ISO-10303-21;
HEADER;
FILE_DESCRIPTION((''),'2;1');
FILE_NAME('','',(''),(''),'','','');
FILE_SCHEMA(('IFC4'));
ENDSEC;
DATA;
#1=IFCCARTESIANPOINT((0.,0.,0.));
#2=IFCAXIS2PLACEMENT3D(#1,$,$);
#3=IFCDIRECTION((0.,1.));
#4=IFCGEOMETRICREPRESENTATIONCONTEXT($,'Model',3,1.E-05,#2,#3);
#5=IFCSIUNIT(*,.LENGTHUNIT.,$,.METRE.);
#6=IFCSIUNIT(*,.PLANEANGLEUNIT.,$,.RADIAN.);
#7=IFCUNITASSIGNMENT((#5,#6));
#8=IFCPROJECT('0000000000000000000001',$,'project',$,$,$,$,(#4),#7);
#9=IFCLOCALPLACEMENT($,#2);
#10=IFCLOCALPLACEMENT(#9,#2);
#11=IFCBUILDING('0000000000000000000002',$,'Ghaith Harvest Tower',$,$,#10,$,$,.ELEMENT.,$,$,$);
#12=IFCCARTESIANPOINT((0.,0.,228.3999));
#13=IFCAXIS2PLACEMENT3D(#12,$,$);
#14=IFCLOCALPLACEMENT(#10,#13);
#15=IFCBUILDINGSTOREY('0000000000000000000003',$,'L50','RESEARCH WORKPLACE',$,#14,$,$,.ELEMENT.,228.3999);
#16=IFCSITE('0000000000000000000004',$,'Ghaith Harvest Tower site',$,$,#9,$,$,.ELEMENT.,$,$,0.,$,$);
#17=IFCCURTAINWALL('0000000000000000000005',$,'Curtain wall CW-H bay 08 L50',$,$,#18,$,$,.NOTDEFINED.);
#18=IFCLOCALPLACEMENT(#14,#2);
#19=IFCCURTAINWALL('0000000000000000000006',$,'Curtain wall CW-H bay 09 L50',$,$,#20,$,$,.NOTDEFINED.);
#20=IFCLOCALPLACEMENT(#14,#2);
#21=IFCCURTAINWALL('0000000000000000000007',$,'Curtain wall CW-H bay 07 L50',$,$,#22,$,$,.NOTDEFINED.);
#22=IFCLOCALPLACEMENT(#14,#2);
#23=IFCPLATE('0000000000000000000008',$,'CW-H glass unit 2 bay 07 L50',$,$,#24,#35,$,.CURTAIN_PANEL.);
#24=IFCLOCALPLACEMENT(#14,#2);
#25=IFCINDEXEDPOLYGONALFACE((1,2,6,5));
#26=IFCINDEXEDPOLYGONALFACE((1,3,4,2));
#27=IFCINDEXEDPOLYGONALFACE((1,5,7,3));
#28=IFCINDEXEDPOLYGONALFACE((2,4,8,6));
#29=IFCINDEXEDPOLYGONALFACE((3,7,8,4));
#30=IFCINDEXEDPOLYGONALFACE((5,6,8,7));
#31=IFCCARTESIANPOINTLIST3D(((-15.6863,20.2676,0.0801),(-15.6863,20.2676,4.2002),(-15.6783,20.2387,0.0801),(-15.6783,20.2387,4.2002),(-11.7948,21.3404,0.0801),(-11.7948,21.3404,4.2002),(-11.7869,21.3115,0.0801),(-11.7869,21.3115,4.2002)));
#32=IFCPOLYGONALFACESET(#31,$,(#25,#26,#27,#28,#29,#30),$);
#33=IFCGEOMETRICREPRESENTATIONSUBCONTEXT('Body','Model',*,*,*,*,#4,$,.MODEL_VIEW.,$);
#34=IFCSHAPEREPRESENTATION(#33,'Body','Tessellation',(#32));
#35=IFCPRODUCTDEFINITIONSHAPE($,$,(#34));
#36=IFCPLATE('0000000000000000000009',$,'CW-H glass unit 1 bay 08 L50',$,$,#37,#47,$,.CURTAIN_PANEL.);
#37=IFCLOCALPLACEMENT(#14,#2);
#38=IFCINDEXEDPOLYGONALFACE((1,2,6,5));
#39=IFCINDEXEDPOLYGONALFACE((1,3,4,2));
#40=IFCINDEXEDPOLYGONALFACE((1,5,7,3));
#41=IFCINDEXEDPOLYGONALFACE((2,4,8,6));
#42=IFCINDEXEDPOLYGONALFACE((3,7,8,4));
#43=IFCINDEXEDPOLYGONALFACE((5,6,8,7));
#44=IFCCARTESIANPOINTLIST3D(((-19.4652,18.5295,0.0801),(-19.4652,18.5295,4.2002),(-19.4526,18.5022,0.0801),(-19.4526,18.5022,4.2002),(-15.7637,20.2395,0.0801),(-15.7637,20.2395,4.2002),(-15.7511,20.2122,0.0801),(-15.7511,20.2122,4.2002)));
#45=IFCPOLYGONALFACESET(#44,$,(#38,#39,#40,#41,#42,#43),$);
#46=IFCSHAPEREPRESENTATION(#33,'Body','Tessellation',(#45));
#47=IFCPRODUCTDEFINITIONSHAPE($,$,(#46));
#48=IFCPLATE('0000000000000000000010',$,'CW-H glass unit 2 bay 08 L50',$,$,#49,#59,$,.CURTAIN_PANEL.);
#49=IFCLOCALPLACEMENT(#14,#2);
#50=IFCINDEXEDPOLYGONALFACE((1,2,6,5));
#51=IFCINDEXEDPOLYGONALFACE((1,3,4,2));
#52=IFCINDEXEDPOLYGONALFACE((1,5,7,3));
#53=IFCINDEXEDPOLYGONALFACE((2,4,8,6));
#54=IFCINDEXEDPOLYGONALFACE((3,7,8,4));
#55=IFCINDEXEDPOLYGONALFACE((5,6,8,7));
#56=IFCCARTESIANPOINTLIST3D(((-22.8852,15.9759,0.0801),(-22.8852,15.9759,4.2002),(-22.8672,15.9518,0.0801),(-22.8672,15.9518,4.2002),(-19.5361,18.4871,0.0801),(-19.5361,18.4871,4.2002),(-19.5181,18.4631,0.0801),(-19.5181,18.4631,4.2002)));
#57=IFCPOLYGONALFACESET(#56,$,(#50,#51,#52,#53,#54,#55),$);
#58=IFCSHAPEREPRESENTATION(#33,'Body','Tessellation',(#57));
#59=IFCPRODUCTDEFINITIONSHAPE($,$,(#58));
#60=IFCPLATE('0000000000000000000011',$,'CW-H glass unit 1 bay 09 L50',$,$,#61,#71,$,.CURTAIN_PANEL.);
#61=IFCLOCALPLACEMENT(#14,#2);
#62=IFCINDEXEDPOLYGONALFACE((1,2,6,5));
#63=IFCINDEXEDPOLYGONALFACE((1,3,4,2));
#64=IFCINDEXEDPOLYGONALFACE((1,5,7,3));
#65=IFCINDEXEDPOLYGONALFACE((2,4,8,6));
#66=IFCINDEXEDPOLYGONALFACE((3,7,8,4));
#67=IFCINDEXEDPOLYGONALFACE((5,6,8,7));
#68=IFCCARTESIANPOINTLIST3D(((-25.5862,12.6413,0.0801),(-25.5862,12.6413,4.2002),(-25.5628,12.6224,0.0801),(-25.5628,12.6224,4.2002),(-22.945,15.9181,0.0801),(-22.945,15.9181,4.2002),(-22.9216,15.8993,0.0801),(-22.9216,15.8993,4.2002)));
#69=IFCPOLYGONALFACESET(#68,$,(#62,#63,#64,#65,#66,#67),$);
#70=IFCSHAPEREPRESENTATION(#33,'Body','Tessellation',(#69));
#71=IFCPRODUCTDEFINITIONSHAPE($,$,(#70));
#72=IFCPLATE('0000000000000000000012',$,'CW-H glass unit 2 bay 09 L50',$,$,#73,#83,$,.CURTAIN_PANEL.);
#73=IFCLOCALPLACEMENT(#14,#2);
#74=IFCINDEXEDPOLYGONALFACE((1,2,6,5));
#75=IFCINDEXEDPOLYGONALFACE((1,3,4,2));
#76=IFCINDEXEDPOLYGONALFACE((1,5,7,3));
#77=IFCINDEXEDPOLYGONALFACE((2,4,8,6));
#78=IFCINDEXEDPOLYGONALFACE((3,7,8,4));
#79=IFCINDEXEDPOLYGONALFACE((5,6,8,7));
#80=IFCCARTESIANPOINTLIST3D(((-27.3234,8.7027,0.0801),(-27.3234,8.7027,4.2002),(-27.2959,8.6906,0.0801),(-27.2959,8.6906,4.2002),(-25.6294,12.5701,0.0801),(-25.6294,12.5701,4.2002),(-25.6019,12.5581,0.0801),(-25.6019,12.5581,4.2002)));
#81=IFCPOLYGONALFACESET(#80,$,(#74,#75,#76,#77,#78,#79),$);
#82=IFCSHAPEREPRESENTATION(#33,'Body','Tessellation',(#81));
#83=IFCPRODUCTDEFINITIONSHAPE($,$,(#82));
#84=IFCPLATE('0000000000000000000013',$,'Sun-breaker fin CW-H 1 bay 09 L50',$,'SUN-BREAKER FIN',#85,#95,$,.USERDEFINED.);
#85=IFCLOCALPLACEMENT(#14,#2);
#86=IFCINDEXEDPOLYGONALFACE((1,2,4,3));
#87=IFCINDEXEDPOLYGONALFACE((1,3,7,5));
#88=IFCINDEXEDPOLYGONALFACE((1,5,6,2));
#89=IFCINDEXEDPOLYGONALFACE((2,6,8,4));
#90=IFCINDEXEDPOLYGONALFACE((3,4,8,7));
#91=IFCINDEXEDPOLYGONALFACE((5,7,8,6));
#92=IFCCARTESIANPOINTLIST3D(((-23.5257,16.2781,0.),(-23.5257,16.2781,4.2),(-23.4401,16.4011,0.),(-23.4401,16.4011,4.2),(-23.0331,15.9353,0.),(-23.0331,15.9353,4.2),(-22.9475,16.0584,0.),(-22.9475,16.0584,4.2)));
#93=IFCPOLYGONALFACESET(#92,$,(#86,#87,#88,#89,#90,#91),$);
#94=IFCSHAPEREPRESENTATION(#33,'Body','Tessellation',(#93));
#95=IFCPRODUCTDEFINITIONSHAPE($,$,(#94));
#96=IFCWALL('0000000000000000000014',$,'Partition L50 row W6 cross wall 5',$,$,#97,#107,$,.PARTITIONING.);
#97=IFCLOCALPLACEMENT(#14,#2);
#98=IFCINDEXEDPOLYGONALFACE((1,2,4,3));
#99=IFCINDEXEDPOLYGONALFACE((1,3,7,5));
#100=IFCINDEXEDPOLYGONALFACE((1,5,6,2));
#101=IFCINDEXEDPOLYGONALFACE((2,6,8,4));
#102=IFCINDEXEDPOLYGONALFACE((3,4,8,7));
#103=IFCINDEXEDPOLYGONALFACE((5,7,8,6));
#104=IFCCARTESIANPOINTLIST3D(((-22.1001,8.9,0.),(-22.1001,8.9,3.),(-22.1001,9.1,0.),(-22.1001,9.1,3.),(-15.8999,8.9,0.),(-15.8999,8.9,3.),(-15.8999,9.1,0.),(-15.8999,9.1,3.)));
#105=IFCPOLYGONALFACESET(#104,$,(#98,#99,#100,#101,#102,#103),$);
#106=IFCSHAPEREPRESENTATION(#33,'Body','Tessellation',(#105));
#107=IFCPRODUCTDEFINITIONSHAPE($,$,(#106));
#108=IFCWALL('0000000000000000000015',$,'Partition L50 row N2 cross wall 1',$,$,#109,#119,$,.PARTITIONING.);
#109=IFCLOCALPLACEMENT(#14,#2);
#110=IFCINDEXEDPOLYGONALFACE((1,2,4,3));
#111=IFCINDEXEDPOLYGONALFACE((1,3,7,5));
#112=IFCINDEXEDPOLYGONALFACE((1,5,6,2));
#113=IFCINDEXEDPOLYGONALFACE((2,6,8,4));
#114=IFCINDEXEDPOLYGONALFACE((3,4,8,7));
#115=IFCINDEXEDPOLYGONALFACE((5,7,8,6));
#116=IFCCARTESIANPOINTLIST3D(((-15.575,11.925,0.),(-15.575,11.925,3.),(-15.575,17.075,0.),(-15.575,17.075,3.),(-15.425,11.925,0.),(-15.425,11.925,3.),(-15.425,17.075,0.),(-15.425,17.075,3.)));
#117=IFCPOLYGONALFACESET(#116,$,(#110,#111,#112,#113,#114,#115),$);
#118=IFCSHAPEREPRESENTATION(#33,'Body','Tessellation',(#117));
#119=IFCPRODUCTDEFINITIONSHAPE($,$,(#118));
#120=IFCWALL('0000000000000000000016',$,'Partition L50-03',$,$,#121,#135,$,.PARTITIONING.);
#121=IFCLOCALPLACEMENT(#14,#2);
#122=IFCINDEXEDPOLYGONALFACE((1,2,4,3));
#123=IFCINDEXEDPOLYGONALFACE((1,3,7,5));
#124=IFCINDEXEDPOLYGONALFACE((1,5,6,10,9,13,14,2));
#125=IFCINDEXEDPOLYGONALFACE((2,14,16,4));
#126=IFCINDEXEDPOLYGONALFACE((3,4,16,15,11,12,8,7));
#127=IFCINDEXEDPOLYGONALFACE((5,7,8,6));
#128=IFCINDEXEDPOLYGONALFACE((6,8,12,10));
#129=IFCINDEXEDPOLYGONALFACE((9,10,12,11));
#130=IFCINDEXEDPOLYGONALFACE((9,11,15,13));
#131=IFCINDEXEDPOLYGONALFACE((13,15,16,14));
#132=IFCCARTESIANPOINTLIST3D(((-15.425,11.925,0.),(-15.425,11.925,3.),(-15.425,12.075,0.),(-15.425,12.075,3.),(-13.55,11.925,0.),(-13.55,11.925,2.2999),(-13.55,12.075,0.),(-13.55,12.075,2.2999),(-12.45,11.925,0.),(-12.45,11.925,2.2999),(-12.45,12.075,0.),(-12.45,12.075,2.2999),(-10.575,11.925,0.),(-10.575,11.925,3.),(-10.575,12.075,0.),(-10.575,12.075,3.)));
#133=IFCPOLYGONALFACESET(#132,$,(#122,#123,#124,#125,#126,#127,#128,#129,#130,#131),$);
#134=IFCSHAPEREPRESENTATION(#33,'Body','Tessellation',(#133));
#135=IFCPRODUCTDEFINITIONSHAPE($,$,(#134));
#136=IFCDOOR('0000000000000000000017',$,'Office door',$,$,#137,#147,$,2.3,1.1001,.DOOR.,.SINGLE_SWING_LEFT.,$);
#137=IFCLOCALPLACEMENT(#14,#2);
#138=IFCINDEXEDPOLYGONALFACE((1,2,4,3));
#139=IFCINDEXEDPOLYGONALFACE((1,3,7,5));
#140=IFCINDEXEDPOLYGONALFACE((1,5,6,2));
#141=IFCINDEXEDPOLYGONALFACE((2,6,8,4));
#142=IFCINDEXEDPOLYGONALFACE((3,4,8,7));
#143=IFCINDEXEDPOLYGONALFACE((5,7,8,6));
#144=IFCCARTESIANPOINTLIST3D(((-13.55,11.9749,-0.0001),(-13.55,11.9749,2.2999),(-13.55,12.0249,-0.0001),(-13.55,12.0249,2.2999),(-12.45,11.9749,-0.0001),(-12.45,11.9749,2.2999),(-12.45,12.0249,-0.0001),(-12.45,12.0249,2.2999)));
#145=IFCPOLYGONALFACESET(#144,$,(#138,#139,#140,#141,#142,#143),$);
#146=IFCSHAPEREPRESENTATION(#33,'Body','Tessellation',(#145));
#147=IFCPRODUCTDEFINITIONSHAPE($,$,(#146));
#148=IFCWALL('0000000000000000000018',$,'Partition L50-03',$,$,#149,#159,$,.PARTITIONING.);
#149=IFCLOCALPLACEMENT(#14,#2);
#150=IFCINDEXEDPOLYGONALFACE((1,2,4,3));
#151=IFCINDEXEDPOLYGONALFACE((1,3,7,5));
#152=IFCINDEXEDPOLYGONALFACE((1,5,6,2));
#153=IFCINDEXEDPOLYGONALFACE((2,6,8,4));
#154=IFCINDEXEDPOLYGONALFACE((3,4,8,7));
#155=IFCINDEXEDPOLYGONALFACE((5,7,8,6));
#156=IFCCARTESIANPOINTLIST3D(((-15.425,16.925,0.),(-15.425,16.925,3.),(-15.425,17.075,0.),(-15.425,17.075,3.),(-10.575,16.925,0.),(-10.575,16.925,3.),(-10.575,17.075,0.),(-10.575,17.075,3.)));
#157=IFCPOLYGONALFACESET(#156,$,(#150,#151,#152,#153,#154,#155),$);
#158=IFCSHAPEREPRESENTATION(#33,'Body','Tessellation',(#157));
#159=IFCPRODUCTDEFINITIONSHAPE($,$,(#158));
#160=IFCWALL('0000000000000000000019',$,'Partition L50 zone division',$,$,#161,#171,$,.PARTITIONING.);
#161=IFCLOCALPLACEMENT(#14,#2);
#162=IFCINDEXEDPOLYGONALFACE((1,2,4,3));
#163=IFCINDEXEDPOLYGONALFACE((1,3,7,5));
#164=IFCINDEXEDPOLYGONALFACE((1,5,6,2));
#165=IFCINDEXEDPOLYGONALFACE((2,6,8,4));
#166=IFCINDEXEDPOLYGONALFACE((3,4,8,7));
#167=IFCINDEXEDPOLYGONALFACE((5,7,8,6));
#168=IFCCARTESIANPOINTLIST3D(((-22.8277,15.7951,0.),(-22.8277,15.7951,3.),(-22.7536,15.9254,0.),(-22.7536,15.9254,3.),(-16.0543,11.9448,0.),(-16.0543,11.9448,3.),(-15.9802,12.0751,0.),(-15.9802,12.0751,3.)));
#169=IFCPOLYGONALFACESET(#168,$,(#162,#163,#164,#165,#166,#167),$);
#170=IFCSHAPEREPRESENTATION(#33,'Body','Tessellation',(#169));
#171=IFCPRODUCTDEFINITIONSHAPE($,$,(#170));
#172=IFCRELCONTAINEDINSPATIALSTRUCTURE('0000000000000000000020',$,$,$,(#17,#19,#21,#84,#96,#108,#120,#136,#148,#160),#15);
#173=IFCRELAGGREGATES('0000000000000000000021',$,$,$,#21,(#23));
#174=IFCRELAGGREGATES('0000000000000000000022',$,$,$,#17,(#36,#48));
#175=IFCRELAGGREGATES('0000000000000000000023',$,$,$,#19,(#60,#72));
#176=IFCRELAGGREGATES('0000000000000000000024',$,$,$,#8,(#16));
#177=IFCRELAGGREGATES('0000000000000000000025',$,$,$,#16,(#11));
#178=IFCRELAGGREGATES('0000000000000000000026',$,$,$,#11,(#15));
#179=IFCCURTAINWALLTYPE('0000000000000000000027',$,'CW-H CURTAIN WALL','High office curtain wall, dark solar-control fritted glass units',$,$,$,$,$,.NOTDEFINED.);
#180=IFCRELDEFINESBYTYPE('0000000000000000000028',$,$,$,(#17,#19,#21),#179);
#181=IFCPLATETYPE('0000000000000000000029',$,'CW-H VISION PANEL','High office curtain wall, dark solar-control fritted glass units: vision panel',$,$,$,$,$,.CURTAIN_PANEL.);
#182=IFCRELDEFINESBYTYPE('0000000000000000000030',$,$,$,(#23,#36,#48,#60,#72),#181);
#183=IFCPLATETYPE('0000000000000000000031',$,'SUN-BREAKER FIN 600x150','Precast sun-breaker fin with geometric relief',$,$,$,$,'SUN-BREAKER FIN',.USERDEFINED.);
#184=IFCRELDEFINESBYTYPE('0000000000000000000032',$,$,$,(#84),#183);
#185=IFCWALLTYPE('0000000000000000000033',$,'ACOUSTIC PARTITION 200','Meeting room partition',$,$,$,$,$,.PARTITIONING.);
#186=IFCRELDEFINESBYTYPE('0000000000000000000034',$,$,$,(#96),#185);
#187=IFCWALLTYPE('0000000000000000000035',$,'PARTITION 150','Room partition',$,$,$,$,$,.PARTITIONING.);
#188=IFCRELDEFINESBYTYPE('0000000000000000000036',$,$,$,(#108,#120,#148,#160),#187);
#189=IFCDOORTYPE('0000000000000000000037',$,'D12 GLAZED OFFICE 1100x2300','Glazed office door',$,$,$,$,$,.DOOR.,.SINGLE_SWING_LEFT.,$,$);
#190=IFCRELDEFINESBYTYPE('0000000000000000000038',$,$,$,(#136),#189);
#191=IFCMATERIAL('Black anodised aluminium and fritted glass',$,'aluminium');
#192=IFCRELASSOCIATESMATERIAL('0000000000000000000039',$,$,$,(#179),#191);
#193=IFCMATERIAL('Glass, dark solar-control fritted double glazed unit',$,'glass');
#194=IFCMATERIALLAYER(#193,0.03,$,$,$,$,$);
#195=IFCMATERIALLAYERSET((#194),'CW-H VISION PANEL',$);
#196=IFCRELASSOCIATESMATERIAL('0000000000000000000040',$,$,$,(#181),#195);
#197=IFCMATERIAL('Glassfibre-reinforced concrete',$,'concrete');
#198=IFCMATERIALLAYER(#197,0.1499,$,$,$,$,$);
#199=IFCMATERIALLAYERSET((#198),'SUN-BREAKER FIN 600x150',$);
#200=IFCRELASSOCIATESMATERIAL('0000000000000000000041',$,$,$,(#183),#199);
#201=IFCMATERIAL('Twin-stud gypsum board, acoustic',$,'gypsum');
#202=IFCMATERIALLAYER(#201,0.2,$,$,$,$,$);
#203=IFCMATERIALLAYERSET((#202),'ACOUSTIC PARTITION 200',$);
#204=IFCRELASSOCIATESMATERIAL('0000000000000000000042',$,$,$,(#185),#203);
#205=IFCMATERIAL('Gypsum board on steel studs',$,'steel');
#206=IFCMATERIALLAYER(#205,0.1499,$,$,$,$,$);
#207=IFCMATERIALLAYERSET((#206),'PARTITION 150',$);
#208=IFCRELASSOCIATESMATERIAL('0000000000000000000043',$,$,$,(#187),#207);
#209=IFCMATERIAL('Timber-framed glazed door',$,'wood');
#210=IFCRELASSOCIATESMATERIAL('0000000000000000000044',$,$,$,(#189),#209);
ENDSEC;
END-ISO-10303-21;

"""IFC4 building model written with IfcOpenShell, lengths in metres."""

from ifc_helpers import new_model, si_unit, direction, frame, frame_2d, origin, origin_2d, place, context, subcontext, project, spatial, rectangle, extrude, material, layer, layer_set, type_object, element, fill, aggregate, save


model = new_model("IFC4")

# Units and contexts
model_context = context("Model", 3, precision=1e-05, world=origin(), true_north=direction((0.0, 1.0)))
body_context = subcontext(model_context, "Body", "Model", "MODEL_VIEW")
ifc_project = project(units=[si_unit("LENGTHUNIT", "METRE"), si_unit("PLANEANGLEUNIT", "RADIAN")], contexts=[model_context])

# Site, building, storey
site_placement = place(None, origin())
site = spatial("IfcSite", under=ifc_project, at=site_placement, Name="Ghaith Harvest Tower site", CompositionType="ELEMENT", RefElevation=0.0)
building_placement = place(site_placement, origin())
building = spatial("IfcBuilding", under=site, at=building_placement, Name="Ghaith Harvest Tower", CompositionType="ELEMENT")
storey_placement = place(building_placement, frame((0.0, 0.0, 228.3999)))
storey = spatial("IfcBuildingStorey", under=building, at=storey_placement, Name="L50", Description="RESEARCH WORKPLACE", CompositionType="ELEMENT", Elevation=228.3999)

# Curtain walls
ifc_material_1 = material(Name="Black anodised aluminium and fritted glass", Category="aluminium")
curtain_wall_type = type_object("IfcCurtainWallType", Name="CW-H CURTAIN WALL", Description="High office curtain wall, dark solar-control fritted glass units", PredefinedType="NOTDEFINED", material=ifc_material_1)
curtain_wall_1_placement = place(storey_placement, origin())
curtain_wall_1 = element("IfcCurtainWall", 1, at=curtain_wall_1_placement, inside=storey, type_object=curtain_wall_type, Name="Curtain wall CW-H bay 08 L50", PredefinedType="NOTDEFINED")
curtain_wall_2_placement = place(storey_placement, origin())
curtain_wall_2 = element("IfcCurtainWall", 2, at=curtain_wall_2_placement, inside=storey, type_object=curtain_wall_type, Name="Curtain wall CW-H bay 09 L50", PredefinedType="NOTDEFINED")

# Curtain wall, plate
curtain_wall_3_placement = place(storey_placement, origin())
curtain_wall_3 = element("IfcCurtainWall", 3, at=curtain_wall_3_placement, inside=storey, type_object=curtain_wall_type, Name="Curtain wall CW-H bay 07 L50", PredefinedType="NOTDEFINED")
ifc_material_2 = material(Name="Glass, dark solar-control fritted double glazed unit", Category="glass")
ifc_layer_1 = layer(ifc_material_2, 0.03)
ifc_layer_set_1 = layer_set([ifc_layer_1], Name="CW-H VISION PANEL")
plate_type_1 = type_object("IfcPlateType", Name="CW-H VISION PANEL", Description="High office curtain wall, dark solar-control fritted glass units: vision panel", PredefinedType="CURTAIN_PANEL", material=ifc_layer_set_1)
plate_1_placement = place(storey_placement, frame((-13.7366, 20.7896, 0.0801), z_axis=(0.0, 0.0, 1.0), x_axis=(-0.964034, -0.265779, 0.0)))
plate_1 = element("IfcPlate", 4, at=plate_1_placement, type_object=plate_type_1, Name="CW-H glass unit 2 bay 07 L50", PredefinedType="CURTAIN_PANEL", context=body_context, shape_type="SweptSolid", body=[
    extrude(rectangle(XDim=4.0366, YDim=0.03, at=origin_2d()), origin(), (0.0, 0.0, 1.0), 4.1201),
])
aggregate(curtain_wall_3, [plate_1])

# Plates
plate_2_placement = place(storey_placement, frame((-17.6082, 19.3708, 0.0801), z_axis=(0.0, 0.0, 1.0), x_axis=(-0.907814, -0.419372, 0.0)))
plate_2 = element("IfcPlate", 5, at=plate_2_placement, type_object=plate_type_1, Name="CW-H glass unit 1 bay 08 L50", PredefinedType="CURTAIN_PANEL", context=body_context, shape_type="SweptSolid", body=[
    extrude(rectangle(XDim=4.0774, YDim=0.03, at=origin_2d()), origin(), (0.0, 0.0, 1.0), 4.1201),
])
plate_3_placement = place(storey_placement, frame((-21.2017, 17.2195, 0.0801), z_axis=(0.0, 0.0, 1.0), x_axis=(-0.800067, -0.599911, 0.0)))
plate_3 = element("IfcPlate", 6, at=plate_3_placement, type_object=plate_type_1, Name="CW-H glass unit 2 bay 08 L50", PredefinedType="CURTAIN_PANEL", context=body_context, shape_type="SweptSolid", body=[
    extrude(rectangle(XDim=4.186, YDim=0.03, at=origin_2d()), origin(), (0.0, 0.0, 1.0), 4.1201),
])
aggregate(curtain_wall_1, [plate_2, plate_3])
plate_4_placement = place(storey_placement, frame((-24.2539, 14.2703, 0.0801), z_axis=(0.0, 0.0, 1.0), x_axis=(-0.627548, -0.778578, 0.0)))
plate_4 = element("IfcPlate", 7, at=plate_4_placement, type_object=plate_type_1, Name="CW-H glass unit 1 bay 09 L50", PredefinedType="CURTAIN_PANEL", context=body_context, shape_type="SweptSolid", body=[
    extrude(rectangle(XDim=4.2087, YDim=0.03, at=origin_2d()), origin(), (0.0, 0.0, 1.0), 4.1201),
])
plate_5_placement = place(storey_placement, frame((-26.4626, 10.6304, 0.0801), z_axis=(0.0, 0.0, 1.0), x_axis=(-0.401213, -0.915985, 0.0)))
plate_5 = element("IfcPlate", 8, at=plate_5_placement, type_object=plate_type_1, Name="CW-H glass unit 2 bay 09 L50", PredefinedType="CURTAIN_PANEL", context=body_context, shape_type="SweptSolid", body=[
    extrude(rectangle(XDim=4.2222, YDim=0.03, at=origin_2d()), origin(), (0.0, 0.0, 1.0), 4.1201),
])
aggregate(curtain_wall_2, [plate_4, plate_5])
ifc_material_3 = material(Name="Glassfibre-reinforced concrete", Category="concrete")
ifc_layer_2 = layer(ifc_material_3, 0.1499)
ifc_layer_set_2 = layer_set([ifc_layer_2], Name="SUN-BREAKER FIN 600x150")
plate_type_2 = type_object("IfcPlateType", Name="SUN-BREAKER FIN 600x150", Description="Precast sun-breaker fin with geometric relief", ElementType="SUN-BREAKER FIN", PredefinedType="USERDEFINED", material=ifc_layer_set_2)
plate_6_placement = place(storey_placement, frame((-23.2366, 16.1682, 0.0), z_axis=(0.0, 0.0, 1.0), x_axis=(-0.820845, 0.57115, 0.0)))
element("IfcPlate", 9, at=plate_6_placement, inside=storey, type_object=plate_type_2, Name="Sun-breaker fin CW-H 1 bay 09 L50", ObjectType="SUN-BREAKER FIN", PredefinedType="USERDEFINED", context=body_context, shape_type="SweptSolid", body=[
    extrude(rectangle(XDim=0.6001, YDim=0.1499, at=origin_2d()), origin(), (0.0, 0.0, 1.0), 4.2),
])

# Walls
ifc_material_4 = material(Name="Twin-stud gypsum board, acoustic", Category="gypsum")
ifc_layer_3 = layer(ifc_material_4, 0.2)
ifc_layer_set_3 = layer_set([ifc_layer_3], Name="ACOUSTIC PARTITION 200")
wall_type_1 = type_object("IfcWallType", Name="ACOUSTIC PARTITION 200", Description="Meeting room partition", PredefinedType="PARTITIONING", material=ifc_layer_set_3)
wall_1_placement = place(storey_placement, frame((-15.8999, 9.0, 0.0), z_axis=(0.0, 0.0, 1.0), x_axis=(-1.0, 0.0, 0.0)))
element("IfcWall", 10, at=wall_1_placement, inside=storey, type_object=wall_type_1, Name="Partition L50 row W6 cross wall 5", PredefinedType="PARTITIONING", context=body_context, shape_type="SweptSolid", body=[
    extrude(rectangle(XDim=6.2002, YDim=0.2, at=frame_2d((3.1001, 0.0))), origin(), (0.0, 0.0, 1.0), 3.0),
])
ifc_material_5 = material(Name="Gypsum board on steel studs", Category="steel")
ifc_layer_4 = layer(ifc_material_5, 0.1499)
ifc_layer_set_4 = layer_set([ifc_layer_4], Name="PARTITION 150")
wall_type_2 = type_object("IfcWallType", Name="PARTITION 150", Description="Room partition", PredefinedType="PARTITIONING", material=ifc_layer_set_4)
wall_2_placement = place(storey_placement, frame((-15.5, 11.925, 0.0), z_axis=(0.0, 0.0, 1.0), x_axis=(0.0, 1.0, 0.0)))
element("IfcWall", 11, at=wall_2_placement, inside=storey, type_object=wall_type_2, Name="Partition L50 row N2 cross wall 1", PredefinedType="PARTITIONING", context=body_context, shape_type="SweptSolid", body=[
    extrude(rectangle(XDim=5.1499, YDim=0.1499, at=frame_2d((2.575, 0.0))), origin(), (0.0, 0.0, 1.0), 3.0),
])

# Wall, opening, door
wall_3_placement = place(storey_placement, frame((-15.425, 12.0, 0.0), z_axis=(0.0, 0.0, 1.0), x_axis=(1.0, 0.0, 0.0)))
wall_3 = element("IfcWall", 12, at=wall_3_placement, inside=storey, type_object=wall_type_2, Name="Partition L50-03", PredefinedType="PARTITIONING", context=body_context, shape_type="SweptSolid", body=[
    extrude(rectangle(XDim=4.8501, YDim=0.1499, at=frame_2d((2.425, 0.0))), origin(), (0.0, 0.0, 1.0), 3.0),
])
opening_1_placement = place(wall_3_placement, frame((1.875, 0.0, 0.0)))
opening_1 = element("IfcOpeningElement", 13, at=opening_1_placement, cuts=wall_3, PredefinedType="OPENING", context=body_context, shape_type="SweptSolid", body=[
    extrude(rectangle(XDim=1.1001, YDim=2.3, at=frame_2d((0.55, 1.1499))), frame((0.0, 0.085, 0.0), z_axis=(0.0, -1.0, 0.0), x_axis=(1.0, 0.0, 0.0)), (0.0, 0.0, 1.0), 0.1699),
])
ifc_material_6 = material(Name="Timber-framed glazed door", Category="wood")
door_type_1 = type_object("IfcDoorType", Name="D12 GLAZED OFFICE 1100x2300", Description="Glazed office door", OperationType="SINGLE_SWING_LEFT", PredefinedType="DOOR", material=ifc_material_6)
door_1_placement = place(opening_1_placement, origin())
door_1 = element("IfcDoor", 14, at=door_1_placement, inside=storey, type_object=door_type_1, Name="Office door", OperationType="SINGLE_SWING_LEFT", OverallHeight=2.3, OverallWidth=1.1001, PredefinedType="DOOR", context=body_context, shape_type="SweptSolid", body=[
    extrude(rectangle(XDim=1.1001, YDim=2.3, at=frame_2d((0.55, 1.1499))), frame((0.0, 0.0249, 0.0), z_axis=(0.0, -1.0, 0.0), x_axis=(1.0, 0.0, 0.0)), (0.0, 0.0, 1.0), 0.05),
])
fill(opening_1, door_1)

# Walls
wall_4_placement = place(storey_placement, frame((-15.425, 17.0, 0.0), z_axis=(0.0, 0.0, 1.0), x_axis=(1.0, 0.0, 0.0)))
element("IfcWall", 15, at=wall_4_placement, inside=storey, type_object=wall_type_2, Name="Partition L50-03", PredefinedType="PARTITIONING", context=body_context, shape_type="SweptSolid", body=[
    extrude(rectangle(XDim=4.8501, YDim=0.1499, at=frame_2d((2.425, 0.0))), origin(), (0.0, 0.0, 1.0), 3.0),
])
wall_5_placement = place(storey_placement, frame((-16.0173, 12.01, 0.0), z_axis=(0.0, 0.0, 1.0), x_axis=(-0.869357, 0.494184, 0.0)))
element("IfcWall", 16, at=wall_5_placement, inside=storey, type_object=wall_type_2, Name="Partition L50 zone division", PredefinedType="PARTITIONING", context=body_context, shape_type="SweptSolid", body=[
    extrude(rectangle(XDim=7.7913, YDim=0.1499, at=frame_2d((3.8955, 0.0))), origin(), (0.0, 0.0, 1.0), 3.0),
])

save(model, "model.ifc")
